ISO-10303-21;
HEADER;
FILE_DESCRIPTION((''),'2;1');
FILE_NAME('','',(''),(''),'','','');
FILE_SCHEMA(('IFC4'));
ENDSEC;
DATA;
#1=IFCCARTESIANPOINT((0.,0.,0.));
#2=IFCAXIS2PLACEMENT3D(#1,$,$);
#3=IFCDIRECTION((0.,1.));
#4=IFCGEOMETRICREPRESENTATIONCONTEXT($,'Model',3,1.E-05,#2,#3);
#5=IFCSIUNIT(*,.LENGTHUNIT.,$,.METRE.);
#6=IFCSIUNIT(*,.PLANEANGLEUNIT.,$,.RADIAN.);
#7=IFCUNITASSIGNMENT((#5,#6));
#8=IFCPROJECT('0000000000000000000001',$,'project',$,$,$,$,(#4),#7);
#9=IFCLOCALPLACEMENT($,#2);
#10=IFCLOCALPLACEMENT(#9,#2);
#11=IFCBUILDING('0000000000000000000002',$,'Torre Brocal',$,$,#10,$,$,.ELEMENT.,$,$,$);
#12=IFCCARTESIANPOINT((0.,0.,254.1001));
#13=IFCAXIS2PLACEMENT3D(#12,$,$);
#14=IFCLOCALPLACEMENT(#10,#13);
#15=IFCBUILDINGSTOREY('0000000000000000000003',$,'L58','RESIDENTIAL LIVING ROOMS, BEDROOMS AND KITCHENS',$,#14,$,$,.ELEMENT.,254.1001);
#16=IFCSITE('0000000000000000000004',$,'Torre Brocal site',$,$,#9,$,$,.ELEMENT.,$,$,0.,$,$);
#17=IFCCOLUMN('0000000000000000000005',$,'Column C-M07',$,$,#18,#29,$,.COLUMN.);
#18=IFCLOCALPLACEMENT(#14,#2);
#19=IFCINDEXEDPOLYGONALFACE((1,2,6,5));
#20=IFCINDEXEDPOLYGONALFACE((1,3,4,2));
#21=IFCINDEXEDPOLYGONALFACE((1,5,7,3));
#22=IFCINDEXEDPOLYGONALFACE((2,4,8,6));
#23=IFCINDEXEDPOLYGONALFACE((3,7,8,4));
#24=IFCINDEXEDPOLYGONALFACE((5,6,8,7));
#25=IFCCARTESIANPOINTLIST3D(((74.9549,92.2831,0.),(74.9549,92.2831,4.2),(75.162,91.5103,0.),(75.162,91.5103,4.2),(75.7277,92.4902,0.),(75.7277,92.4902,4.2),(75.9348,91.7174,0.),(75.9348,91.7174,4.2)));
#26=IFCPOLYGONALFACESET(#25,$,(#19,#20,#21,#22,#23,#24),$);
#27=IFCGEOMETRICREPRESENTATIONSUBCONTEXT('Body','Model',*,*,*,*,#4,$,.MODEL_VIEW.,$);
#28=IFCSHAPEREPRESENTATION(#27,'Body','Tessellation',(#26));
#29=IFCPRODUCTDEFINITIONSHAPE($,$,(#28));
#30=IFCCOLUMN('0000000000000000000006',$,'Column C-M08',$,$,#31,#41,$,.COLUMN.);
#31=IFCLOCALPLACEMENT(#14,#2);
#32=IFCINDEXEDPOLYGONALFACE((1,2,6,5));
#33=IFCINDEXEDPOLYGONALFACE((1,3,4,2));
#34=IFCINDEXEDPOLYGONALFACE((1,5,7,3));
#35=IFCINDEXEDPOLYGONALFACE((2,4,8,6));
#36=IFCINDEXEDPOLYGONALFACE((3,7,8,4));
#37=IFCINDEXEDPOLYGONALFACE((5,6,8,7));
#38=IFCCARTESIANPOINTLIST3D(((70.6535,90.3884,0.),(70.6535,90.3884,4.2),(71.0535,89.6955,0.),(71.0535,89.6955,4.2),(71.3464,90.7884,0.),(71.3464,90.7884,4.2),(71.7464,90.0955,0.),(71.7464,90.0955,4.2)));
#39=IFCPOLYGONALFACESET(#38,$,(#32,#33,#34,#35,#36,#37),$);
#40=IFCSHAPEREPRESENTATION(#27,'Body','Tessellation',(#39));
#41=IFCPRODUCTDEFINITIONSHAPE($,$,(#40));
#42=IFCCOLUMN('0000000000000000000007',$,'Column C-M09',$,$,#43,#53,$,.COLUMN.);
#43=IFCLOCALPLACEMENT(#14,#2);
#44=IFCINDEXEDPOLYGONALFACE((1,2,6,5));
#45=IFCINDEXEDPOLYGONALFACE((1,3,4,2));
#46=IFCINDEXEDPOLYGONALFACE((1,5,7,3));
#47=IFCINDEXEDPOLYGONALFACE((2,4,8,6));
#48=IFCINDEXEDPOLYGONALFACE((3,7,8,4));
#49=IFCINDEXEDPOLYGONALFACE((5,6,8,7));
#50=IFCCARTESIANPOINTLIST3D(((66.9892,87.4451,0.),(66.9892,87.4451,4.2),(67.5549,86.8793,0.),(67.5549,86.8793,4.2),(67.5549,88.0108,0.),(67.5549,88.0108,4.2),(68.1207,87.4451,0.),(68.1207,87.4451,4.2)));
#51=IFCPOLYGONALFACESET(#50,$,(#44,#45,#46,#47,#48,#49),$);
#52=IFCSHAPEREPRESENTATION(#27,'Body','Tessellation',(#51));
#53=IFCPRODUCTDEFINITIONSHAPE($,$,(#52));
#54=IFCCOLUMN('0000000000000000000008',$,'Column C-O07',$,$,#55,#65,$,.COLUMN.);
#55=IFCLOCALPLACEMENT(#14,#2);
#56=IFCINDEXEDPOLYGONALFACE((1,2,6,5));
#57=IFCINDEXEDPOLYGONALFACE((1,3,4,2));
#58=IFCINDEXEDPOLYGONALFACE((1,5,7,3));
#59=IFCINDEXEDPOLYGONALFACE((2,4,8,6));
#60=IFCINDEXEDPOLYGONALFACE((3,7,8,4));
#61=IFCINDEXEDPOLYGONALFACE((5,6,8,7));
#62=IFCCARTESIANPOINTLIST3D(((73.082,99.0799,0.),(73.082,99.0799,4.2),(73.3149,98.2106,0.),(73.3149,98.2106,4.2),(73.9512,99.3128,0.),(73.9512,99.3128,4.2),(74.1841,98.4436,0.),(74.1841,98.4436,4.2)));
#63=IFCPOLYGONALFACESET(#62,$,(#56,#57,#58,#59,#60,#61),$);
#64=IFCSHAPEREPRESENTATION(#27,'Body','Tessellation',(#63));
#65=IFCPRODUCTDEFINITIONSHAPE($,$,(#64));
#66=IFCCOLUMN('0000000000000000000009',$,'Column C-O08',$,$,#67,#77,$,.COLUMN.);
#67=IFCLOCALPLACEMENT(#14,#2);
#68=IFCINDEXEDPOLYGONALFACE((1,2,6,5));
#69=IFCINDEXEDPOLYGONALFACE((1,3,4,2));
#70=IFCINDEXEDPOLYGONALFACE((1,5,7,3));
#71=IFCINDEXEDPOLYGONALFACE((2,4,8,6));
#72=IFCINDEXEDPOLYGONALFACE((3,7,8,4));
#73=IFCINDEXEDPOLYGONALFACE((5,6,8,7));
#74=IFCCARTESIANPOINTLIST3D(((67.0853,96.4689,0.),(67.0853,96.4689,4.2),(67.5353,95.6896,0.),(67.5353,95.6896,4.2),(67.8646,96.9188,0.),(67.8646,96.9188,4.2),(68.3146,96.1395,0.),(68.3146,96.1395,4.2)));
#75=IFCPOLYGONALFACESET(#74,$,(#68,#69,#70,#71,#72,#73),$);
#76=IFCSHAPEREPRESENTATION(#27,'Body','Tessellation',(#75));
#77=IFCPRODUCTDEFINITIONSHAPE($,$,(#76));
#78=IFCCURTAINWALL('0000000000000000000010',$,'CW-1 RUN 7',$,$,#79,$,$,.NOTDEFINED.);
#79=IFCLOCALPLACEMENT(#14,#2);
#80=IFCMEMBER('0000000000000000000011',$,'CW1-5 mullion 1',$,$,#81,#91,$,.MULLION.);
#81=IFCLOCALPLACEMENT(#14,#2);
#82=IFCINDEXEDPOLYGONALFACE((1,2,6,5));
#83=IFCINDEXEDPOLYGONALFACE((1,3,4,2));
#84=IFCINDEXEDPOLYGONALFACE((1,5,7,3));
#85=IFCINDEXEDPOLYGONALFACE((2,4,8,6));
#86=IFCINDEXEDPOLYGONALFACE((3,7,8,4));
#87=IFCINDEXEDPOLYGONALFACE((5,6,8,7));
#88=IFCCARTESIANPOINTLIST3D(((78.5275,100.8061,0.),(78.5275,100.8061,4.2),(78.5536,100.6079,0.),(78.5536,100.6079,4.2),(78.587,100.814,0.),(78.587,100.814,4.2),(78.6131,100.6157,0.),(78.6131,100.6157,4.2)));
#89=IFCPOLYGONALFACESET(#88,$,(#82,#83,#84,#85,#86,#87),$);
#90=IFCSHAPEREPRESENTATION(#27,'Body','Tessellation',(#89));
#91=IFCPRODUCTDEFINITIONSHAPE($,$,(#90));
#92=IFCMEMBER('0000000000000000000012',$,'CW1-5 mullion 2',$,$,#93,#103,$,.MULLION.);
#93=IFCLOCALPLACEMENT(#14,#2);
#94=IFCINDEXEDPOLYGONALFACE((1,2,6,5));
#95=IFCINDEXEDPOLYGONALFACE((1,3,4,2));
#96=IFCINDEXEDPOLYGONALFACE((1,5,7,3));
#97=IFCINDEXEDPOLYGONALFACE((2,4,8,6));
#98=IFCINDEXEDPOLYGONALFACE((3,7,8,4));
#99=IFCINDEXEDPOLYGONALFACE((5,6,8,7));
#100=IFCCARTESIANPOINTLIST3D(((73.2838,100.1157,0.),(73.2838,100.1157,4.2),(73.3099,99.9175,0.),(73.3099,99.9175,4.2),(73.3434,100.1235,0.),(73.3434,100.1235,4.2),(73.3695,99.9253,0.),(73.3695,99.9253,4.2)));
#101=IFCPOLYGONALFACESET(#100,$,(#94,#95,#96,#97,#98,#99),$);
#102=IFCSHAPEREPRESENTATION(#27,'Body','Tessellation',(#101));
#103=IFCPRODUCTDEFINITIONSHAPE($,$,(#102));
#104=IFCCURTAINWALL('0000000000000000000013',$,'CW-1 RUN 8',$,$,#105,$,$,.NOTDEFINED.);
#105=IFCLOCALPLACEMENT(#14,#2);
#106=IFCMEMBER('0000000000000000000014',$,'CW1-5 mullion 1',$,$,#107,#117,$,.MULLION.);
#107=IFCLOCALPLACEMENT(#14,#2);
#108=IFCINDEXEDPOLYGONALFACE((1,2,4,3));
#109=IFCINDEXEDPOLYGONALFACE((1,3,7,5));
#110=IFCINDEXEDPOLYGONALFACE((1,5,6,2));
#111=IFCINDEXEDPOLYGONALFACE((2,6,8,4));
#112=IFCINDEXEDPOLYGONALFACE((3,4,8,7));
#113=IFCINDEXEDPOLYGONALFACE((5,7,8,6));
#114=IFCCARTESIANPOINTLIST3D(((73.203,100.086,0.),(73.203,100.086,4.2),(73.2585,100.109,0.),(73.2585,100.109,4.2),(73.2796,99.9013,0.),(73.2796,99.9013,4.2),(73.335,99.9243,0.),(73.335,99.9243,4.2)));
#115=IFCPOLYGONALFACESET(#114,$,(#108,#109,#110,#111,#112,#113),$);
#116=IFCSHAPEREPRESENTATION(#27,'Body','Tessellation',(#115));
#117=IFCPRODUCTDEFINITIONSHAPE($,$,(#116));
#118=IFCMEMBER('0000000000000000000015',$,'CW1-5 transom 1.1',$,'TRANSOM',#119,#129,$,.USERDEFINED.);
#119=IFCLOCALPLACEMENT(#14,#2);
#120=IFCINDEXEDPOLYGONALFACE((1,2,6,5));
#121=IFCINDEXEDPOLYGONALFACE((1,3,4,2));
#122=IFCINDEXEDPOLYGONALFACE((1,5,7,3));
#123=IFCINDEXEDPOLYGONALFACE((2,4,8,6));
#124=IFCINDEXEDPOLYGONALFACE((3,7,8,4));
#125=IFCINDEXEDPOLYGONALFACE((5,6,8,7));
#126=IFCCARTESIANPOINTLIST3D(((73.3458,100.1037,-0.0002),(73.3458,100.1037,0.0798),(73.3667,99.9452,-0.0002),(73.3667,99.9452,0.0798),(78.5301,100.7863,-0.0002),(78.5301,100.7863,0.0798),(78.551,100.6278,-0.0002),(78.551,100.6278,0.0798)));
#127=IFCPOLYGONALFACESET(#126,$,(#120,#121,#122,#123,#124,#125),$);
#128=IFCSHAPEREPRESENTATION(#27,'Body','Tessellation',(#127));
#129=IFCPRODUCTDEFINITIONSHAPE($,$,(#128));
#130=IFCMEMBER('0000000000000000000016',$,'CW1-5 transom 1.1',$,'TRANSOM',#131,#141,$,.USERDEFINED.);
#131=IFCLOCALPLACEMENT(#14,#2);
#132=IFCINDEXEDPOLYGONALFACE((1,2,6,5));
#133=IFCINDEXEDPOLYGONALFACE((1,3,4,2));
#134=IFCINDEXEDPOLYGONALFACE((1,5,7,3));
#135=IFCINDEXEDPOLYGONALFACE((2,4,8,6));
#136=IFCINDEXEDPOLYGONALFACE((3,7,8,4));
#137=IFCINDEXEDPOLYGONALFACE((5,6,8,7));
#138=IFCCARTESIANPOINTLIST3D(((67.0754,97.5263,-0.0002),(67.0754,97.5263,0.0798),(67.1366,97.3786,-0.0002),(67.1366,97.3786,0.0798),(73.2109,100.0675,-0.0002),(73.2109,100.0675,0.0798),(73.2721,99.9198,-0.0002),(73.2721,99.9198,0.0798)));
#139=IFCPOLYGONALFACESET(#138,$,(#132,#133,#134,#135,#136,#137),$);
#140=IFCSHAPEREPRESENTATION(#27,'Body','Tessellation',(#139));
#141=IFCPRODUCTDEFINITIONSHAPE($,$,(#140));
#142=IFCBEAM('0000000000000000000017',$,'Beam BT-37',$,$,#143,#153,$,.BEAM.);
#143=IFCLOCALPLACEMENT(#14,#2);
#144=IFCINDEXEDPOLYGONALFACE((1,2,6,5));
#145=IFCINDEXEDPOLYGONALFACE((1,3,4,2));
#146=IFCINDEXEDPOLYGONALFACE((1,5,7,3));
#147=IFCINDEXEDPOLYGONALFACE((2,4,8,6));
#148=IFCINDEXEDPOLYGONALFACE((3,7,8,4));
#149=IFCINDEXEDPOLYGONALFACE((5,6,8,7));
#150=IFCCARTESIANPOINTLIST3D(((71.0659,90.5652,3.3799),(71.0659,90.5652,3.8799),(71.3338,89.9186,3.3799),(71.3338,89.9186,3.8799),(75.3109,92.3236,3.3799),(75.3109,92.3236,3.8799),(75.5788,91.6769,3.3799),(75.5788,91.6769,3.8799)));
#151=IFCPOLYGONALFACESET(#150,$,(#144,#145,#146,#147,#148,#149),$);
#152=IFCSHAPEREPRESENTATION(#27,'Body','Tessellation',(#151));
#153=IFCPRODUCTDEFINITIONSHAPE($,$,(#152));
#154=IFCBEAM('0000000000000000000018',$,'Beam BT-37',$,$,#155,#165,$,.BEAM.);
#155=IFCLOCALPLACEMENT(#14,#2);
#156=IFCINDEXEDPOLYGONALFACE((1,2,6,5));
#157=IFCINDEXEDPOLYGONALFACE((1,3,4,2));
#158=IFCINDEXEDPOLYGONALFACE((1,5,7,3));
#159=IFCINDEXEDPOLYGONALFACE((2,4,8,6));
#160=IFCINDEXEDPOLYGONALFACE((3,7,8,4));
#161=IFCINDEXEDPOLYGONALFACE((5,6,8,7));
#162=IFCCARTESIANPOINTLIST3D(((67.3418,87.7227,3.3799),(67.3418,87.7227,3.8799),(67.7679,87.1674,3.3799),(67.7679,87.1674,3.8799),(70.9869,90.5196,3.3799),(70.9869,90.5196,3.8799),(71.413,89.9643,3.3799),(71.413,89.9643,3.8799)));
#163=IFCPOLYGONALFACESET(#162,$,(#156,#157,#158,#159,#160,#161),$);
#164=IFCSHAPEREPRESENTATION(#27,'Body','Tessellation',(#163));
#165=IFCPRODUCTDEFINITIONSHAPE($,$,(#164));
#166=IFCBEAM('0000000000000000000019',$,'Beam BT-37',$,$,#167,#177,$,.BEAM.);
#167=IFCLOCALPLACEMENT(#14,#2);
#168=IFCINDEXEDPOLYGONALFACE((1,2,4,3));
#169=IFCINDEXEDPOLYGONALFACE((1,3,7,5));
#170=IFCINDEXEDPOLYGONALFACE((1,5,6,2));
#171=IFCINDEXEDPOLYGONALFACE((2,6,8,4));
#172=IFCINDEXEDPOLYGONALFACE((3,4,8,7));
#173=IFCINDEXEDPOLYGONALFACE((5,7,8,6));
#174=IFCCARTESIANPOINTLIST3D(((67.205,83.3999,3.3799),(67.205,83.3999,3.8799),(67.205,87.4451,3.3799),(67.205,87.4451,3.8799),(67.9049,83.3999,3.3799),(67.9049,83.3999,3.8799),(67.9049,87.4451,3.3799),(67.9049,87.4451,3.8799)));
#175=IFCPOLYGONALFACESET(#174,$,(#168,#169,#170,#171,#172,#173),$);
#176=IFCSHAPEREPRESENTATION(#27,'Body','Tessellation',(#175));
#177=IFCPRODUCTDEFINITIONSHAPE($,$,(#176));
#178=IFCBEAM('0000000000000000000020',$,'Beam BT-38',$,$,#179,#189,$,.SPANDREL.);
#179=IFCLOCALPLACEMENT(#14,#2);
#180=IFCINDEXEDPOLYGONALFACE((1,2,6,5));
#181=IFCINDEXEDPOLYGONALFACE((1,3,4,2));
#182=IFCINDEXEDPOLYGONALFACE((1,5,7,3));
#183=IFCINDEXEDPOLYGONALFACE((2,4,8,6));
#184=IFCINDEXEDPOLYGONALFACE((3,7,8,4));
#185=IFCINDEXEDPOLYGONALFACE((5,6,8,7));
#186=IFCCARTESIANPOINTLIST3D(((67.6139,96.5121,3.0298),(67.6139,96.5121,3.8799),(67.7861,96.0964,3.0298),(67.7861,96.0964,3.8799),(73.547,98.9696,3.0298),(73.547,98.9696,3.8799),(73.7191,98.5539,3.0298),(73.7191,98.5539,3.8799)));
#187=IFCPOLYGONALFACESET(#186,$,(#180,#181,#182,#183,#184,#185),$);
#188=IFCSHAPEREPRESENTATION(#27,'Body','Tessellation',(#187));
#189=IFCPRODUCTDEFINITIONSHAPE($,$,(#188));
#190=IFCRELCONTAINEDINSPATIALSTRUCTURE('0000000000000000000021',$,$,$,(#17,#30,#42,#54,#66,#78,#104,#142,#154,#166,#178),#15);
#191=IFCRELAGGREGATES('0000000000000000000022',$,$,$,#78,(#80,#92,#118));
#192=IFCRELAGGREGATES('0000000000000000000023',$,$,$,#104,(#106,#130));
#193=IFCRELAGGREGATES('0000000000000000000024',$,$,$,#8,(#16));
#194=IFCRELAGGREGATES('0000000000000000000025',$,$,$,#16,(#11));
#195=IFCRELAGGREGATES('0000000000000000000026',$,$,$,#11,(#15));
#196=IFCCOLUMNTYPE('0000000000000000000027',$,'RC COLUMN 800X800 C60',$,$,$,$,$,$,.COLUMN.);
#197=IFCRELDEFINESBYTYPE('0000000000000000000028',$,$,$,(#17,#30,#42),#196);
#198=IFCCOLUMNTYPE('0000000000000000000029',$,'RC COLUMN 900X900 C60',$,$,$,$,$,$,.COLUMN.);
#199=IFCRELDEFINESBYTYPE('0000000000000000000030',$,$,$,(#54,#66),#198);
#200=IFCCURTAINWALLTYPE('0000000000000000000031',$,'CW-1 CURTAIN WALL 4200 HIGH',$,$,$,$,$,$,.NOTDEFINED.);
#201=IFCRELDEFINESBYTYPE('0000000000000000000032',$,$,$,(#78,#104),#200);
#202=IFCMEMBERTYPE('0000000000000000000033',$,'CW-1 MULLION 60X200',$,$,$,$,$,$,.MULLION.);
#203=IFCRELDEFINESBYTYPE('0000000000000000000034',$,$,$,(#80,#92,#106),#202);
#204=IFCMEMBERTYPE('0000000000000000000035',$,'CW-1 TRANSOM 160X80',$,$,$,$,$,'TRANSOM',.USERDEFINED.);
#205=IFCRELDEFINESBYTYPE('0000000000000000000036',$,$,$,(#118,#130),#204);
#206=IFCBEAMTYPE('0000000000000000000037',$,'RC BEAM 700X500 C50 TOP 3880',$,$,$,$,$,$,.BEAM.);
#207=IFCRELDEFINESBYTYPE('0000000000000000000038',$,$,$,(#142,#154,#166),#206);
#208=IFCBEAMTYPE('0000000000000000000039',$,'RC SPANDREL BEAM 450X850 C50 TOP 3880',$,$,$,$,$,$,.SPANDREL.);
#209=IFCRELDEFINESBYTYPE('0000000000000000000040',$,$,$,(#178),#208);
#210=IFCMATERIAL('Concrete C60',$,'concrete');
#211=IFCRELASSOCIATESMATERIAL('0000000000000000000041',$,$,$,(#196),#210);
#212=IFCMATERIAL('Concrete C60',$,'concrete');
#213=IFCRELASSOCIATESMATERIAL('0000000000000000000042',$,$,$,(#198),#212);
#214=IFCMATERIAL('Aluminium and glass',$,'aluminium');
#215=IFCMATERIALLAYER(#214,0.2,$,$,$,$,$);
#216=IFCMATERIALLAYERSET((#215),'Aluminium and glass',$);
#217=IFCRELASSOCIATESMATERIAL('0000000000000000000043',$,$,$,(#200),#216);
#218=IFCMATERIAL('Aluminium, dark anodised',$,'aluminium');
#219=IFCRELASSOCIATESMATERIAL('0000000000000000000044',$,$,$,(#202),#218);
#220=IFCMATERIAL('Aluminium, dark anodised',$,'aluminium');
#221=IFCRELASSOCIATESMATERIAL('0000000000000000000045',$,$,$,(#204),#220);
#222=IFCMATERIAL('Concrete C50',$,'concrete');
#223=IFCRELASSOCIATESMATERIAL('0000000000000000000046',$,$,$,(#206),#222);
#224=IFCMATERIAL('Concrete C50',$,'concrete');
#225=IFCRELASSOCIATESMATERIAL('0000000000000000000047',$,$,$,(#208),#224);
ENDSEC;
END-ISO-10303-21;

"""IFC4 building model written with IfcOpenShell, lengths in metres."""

from ifc_helpers import new_model, si_unit, direction, frame, origin, origin_2d, place, context, subcontext, project, spatial, rectangle, extrude, material, layer, layer_set, material_profile, profile_set, type_object, element, aggregate, save


model = new_model("IFC4")

# Units and contexts
model_context = context("Model", 3, precision=1e-05, world=origin(), true_north=direction((0.0, 1.0)))
body_context = subcontext(model_context, "Body", "Model", "MODEL_VIEW")
ifc_project = project(units=[si_unit("LENGTHUNIT", "METRE"), si_unit("PLANEANGLEUNIT", "RADIAN")], contexts=[model_context])

# Site, building, storey
site_placement = place(None, origin())
site = spatial("IfcSite", under=ifc_project, at=site_placement, Name="Torre Brocal site", CompositionType="ELEMENT", RefElevation=0.0)
building_placement = place(site_placement, origin())
building = spatial("IfcBuilding", under=site, at=building_placement, Name="Torre Brocal", CompositionType="ELEMENT")
storey_placement = place(building_placement, frame((0.0, 0.0, 254.1001)))
storey = spatial("IfcBuildingStorey", under=building, at=storey_placement, Name="L58", Description="RESIDENTIAL LIVING ROOMS, BEDROOMS AND KITCHENS", CompositionType="ELEMENT", Elevation=254.1001)

# Columns
ifc_material_1 = material(Name="Concrete C60", Category="concrete")
ifc_material_profile_1 = material_profile(ifc_material_1, rectangle(XDim=0.8, YDim=0.8, at=origin_2d()), Name="RC 800X800")
ifc_profile_set_1 = profile_set([ifc_material_profile_1], Name="Concrete C60")
column_type_1 = type_object("IfcColumnType", Name="RC COLUMN 800X800 C60", PredefinedType="COLUMN", material=ifc_profile_set_1)
for number, where, z_axis, x_axis, name in (
    (1, (75.4448, 92.0002, 0.0), (0.0, 0.0, 1.0), (-0.258819, 0.965926, 0.0), "Column C-M07"),
    (2, (71.2, 90.2419, 0.0), (0.0, 0.0, 1.0), (-0.5, 0.866025, 0.0), "Column C-M08"),
    (3, (67.5549, 87.4451, 0.0), (0.0, 0.0, 1.0), (-0.707107, 0.707107, 0.0), "Column C-M09"),
):
    element("IfcColumn", number, at=place(storey_placement, frame(where, z_axis=z_axis, x_axis=x_axis)), inside=storey, type_object=column_type_1, Name=name, PredefinedType="COLUMN", context=body_context, shape_type="SweptSolid", body=[
        extrude(rectangle(XDim=0.8, YDim=0.8, at=origin_2d()), origin(), (0.0, 0.0, 1.0), 4.2),
    ])
ifc_material_2 = material(Name="Concrete C60", Category="concrete")
ifc_material_profile_2 = material_profile(ifc_material_2, rectangle(XDim=0.8999, YDim=0.8999, at=origin_2d()), Name="RC 900X900")
ifc_profile_set_2 = profile_set([ifc_material_profile_2], Name="Concrete C60")
column_type_2 = type_object("IfcColumnType", Name="RC COLUMN 900X900 C60", PredefinedType="COLUMN", material=ifc_profile_set_2)
for number, where, z_axis, x_axis, name in (
    (4, (73.6331, 98.7617, 0.0), (0.0, 0.0, 1.0), (-0.258819, 0.965926, 0.0), "Column C-O07"),
    (5, (67.7, 96.3042, 0.0), (0.0, 0.0, 1.0), (-0.5, 0.866025, 0.0), "Column C-O08"),
):
    element("IfcColumn", number, at=place(storey_placement, frame(where, z_axis=z_axis, x_axis=x_axis)), inside=storey, type_object=column_type_2, Name=name, PredefinedType="COLUMN", context=body_context, shape_type="SweptSolid", body=[
        extrude(rectangle(XDim=0.8999, YDim=0.8999, at=origin_2d()), origin(), (0.0, 0.0, 1.0), 4.2),
    ])

# Curtain wall, members
ifc_material_3 = material(Name="Aluminium and glass", Category="aluminium")
ifc_layer_1 = layer(ifc_material_3, 0.2)
ifc_layer_set_1 = layer_set([ifc_layer_1], Name="Aluminium and glass")
curtain_wall_type = type_object("IfcCurtainWallType", Name="CW-1 CURTAIN WALL 4200 HIGH", PredefinedType="NOTDEFINED", material=ifc_layer_set_1)
curtain_wall_1_placement = place(storey_placement, origin())
curtain_wall_1 = element("IfcCurtainWall", 6, at=curtain_wall_1_placement, inside=storey, type_object=curtain_wall_type, Name="CW-1 RUN 7", PredefinedType="NOTDEFINED")
ifc_material_4 = material(Name="Aluminium, dark anodised", Category="aluminium")
ifc_material_profile_3 = material_profile(ifc_material_4, rectangle(XDim=0.2, YDim=0.0601, at=origin_2d()), Name="CW-1 MULLION 60X200")
ifc_profile_set_3 = profile_set([ifc_material_profile_3], Name="Aluminium, dark anodised")
member_type_1 = type_object("IfcMemberType", Name="CW-1 MULLION 60X200", PredefinedType="MULLION", material=ifc_profile_set_3)
member_1_placement = place(storey_placement, frame((78.5703, 100.7109, 0.0), z_axis=(0.0, 0.0, 1.0), x_axis=(0.130526, -0.991445, 0.0)))
member_1 = element("IfcMember", 7, at=member_1_placement, type_object=member_type_1, Name="CW1-5 mullion 1", PredefinedType="MULLION", context=body_context, shape_type="SweptSolid", body=[
    extrude(rectangle(XDim=0.2, YDim=0.0601, at=origin_2d()), origin(), (0.0, 0.0, 1.0), 4.2),
])
member_2_placement = place(storey_placement, frame((73.3267, 100.0205, 0.0), z_axis=(0.0, 0.0, 1.0), x_axis=(0.130526, -0.991445, 0.0)))
member_2 = element("IfcMember", 8, at=member_2_placement, type_object=member_type_1, Name="CW1-5 mullion 2", PredefinedType="MULLION", context=body_context, shape_type="SweptSolid", body=[
    extrude(rectangle(XDim=0.2, YDim=0.0601, at=origin_2d()), origin(), (0.0, 0.0, 1.0), 4.2),
])

# Curtain wall, member
curtain_wall_2_placement = place(storey_placement, origin())
curtain_wall_2 = element("IfcCurtainWall", 9, at=curtain_wall_2_placement, inside=storey, type_object=curtain_wall_type, Name="CW-1 RUN 8", PredefinedType="NOTDEFINED")
member_3_placement = place(storey_placement, frame((73.269, 100.0051, 0.0), z_axis=(0.0, 0.0, 1.0), x_axis=(0.382683, -0.92388, 0.0)))
member_3 = element("IfcMember", 10, at=member_3_placement, type_object=member_type_1, Name="CW1-5 mullion 1", PredefinedType="MULLION", context=body_context, shape_type="SweptSolid", body=[
    extrude(rectangle(XDim=0.2, YDim=0.0601, at=origin_2d()), origin(), (0.0, 0.0, 1.0), 4.2),
])

# Members
ifc_material_5 = material(Name="Aluminium, dark anodised", Category="aluminium")
ifc_material_profile_4 = material_profile(ifc_material_5, rectangle(XDim=0.1599, YDim=0.0801, at=origin_2d()), Name="CW-1 TRANSOM 160X80")
ifc_profile_set_4 = profile_set([ifc_material_profile_4], Name="Aluminium, dark anodised")
member_type_2 = type_object("IfcMemberType", Name="CW-1 TRANSOM 160X80", ElementType="TRANSOM", PredefinedType="USERDEFINED", material=ifc_profile_set_4)
member_4_placement = place(storey_placement, frame((78.5405, 100.707, 0.0398), z_axis=(-0.991443, -0.130543, 0.0), x_axis=(0.130543, -0.991443, 0.0)))
member_4 = element("IfcMember", 11, at=member_4_placement, type_object=member_type_2, Name="CW1-5 transom 1.1", ObjectType="TRANSOM", PredefinedType="USERDEFINED", context=body_context, shape_type="SweptSolid", body=[
    extrude(rectangle(XDim=0.1599, YDim=0.0801, at=origin_2d()), origin(), (0.0, 0.0, 1.0), 5.229),
])
member_5_placement = place(storey_placement, frame((73.2415, 99.9937, 0.0398), z_axis=(-0.923887, -0.382665, 0.0), x_axis=(0.382665, -0.923887, 0.0)))
member_5 = element("IfcMember", 12, at=member_5_placement, type_object=member_type_2, Name="CW1-5 transom 1.1", ObjectType="TRANSOM", PredefinedType="USERDEFINED", context=body_context, shape_type="SweptSolid", body=[
    extrude(rectangle(XDim=0.1599, YDim=0.0801, at=origin_2d()), origin(), (0.0, 0.0, 1.0), 6.6409),
])

# Beams
ifc_material_6 = material(Name="Concrete C50", Category="concrete")
ifc_material_profile_5 = material_profile(ifc_material_6, rectangle(XDim=0.7, YDim=0.5, at=origin_2d()), Name="RC 700X500")
ifc_profile_set_5 = profile_set([ifc_material_profile_5], Name="Concrete C50")
beam_type_1 = type_object("IfcBeamType", Name="RC BEAM 700X500 C50 TOP 3880", PredefinedType="BEAM", material=ifc_profile_set_5)
beam_1_placement = place(storey_placement, frame((75.4448, 92.0002, 3.6299), z_axis=(-0.923878, -0.382687, 0.0), x_axis=(0.382687, -0.923878, 0.0)))
element("IfcBeam", 13, at=beam_1_placement, inside=storey, type_object=beam_type_1, Name="Beam BT-37", PredefinedType="BEAM", context=body_context, shape_type="SweptSolid", body=[
    extrude(rectangle(XDim=0.7, YDim=0.5, at=origin_2d()), origin(), (0.0, 0.0, 1.0), 4.5947),
])
beam_2_placement = place(storey_placement, frame((71.2, 90.2419, 3.6299), z_axis=(-0.793358, -0.608755, 0.0), x_axis=(0.608755, -0.793358, 0.0)))
element("IfcBeam", 14, at=beam_2_placement, inside=storey, type_object=beam_type_1, Name="Beam BT-37", PredefinedType="BEAM", context=body_context, shape_type="SweptSolid", body=[
    extrude(rectangle(XDim=0.7, YDim=0.5, at=origin_2d()), origin(), (0.0, 0.0, 1.0), 4.5945),
])
beam_3_placement = place(storey_placement, frame((67.5549, 87.4451, 3.6299), z_axis=(0.0, -1.0, 0.0), x_axis=(1.0, 0.0, 0.0)))
element("IfcBeam", 15, at=beam_3_placement, inside=storey, type_object=beam_type_1, Name="Beam BT-37", PredefinedType="BEAM", context=body_context, shape_type="SweptSolid", body=[
    extrude(rectangle(XDim=0.7, YDim=0.5, at=origin_2d()), origin(), (0.0, 0.0, 1.0), 4.0452),
])
ifc_material_7 = material(Name="Concrete C50", Category="concrete")
ifc_material_profile_6 = material_profile(ifc_material_7, rectangle(XDim=0.45, YDim=0.8501, at=origin_2d()), Name="RC 450X850")
ifc_profile_set_6 = profile_set([ifc_material_profile_6], Name="Concrete C50")
beam_type_2 = type_object("IfcBeamType", Name="RC SPANDREL BEAM 450X850 C50 TOP 3880", PredefinedType="SPANDREL", material=ifc_profile_set_6)
beam_4_placement = place(storey_placement, frame((73.6331, 98.7617, 3.4548), z_axis=(-0.923882, -0.382676, 0.0), x_axis=(0.382676, -0.923882, 0.0)))
element("IfcBeam", 16, at=beam_4_placement, inside=storey, type_object=beam_type_2, Name="Beam BT-38", PredefinedType="SPANDREL", context=body_context, shape_type="SweptSolid", body=[
    extrude(rectangle(XDim=0.45, YDim=0.8501, at=origin_2d()), origin(), (0.0, 0.0, 1.0), 6.4219),
])

aggregate(curtain_wall_1, [member_1, member_2, member_4])
aggregate(curtain_wall_2, [member_3, member_5])

save(model, "model.ifc")
